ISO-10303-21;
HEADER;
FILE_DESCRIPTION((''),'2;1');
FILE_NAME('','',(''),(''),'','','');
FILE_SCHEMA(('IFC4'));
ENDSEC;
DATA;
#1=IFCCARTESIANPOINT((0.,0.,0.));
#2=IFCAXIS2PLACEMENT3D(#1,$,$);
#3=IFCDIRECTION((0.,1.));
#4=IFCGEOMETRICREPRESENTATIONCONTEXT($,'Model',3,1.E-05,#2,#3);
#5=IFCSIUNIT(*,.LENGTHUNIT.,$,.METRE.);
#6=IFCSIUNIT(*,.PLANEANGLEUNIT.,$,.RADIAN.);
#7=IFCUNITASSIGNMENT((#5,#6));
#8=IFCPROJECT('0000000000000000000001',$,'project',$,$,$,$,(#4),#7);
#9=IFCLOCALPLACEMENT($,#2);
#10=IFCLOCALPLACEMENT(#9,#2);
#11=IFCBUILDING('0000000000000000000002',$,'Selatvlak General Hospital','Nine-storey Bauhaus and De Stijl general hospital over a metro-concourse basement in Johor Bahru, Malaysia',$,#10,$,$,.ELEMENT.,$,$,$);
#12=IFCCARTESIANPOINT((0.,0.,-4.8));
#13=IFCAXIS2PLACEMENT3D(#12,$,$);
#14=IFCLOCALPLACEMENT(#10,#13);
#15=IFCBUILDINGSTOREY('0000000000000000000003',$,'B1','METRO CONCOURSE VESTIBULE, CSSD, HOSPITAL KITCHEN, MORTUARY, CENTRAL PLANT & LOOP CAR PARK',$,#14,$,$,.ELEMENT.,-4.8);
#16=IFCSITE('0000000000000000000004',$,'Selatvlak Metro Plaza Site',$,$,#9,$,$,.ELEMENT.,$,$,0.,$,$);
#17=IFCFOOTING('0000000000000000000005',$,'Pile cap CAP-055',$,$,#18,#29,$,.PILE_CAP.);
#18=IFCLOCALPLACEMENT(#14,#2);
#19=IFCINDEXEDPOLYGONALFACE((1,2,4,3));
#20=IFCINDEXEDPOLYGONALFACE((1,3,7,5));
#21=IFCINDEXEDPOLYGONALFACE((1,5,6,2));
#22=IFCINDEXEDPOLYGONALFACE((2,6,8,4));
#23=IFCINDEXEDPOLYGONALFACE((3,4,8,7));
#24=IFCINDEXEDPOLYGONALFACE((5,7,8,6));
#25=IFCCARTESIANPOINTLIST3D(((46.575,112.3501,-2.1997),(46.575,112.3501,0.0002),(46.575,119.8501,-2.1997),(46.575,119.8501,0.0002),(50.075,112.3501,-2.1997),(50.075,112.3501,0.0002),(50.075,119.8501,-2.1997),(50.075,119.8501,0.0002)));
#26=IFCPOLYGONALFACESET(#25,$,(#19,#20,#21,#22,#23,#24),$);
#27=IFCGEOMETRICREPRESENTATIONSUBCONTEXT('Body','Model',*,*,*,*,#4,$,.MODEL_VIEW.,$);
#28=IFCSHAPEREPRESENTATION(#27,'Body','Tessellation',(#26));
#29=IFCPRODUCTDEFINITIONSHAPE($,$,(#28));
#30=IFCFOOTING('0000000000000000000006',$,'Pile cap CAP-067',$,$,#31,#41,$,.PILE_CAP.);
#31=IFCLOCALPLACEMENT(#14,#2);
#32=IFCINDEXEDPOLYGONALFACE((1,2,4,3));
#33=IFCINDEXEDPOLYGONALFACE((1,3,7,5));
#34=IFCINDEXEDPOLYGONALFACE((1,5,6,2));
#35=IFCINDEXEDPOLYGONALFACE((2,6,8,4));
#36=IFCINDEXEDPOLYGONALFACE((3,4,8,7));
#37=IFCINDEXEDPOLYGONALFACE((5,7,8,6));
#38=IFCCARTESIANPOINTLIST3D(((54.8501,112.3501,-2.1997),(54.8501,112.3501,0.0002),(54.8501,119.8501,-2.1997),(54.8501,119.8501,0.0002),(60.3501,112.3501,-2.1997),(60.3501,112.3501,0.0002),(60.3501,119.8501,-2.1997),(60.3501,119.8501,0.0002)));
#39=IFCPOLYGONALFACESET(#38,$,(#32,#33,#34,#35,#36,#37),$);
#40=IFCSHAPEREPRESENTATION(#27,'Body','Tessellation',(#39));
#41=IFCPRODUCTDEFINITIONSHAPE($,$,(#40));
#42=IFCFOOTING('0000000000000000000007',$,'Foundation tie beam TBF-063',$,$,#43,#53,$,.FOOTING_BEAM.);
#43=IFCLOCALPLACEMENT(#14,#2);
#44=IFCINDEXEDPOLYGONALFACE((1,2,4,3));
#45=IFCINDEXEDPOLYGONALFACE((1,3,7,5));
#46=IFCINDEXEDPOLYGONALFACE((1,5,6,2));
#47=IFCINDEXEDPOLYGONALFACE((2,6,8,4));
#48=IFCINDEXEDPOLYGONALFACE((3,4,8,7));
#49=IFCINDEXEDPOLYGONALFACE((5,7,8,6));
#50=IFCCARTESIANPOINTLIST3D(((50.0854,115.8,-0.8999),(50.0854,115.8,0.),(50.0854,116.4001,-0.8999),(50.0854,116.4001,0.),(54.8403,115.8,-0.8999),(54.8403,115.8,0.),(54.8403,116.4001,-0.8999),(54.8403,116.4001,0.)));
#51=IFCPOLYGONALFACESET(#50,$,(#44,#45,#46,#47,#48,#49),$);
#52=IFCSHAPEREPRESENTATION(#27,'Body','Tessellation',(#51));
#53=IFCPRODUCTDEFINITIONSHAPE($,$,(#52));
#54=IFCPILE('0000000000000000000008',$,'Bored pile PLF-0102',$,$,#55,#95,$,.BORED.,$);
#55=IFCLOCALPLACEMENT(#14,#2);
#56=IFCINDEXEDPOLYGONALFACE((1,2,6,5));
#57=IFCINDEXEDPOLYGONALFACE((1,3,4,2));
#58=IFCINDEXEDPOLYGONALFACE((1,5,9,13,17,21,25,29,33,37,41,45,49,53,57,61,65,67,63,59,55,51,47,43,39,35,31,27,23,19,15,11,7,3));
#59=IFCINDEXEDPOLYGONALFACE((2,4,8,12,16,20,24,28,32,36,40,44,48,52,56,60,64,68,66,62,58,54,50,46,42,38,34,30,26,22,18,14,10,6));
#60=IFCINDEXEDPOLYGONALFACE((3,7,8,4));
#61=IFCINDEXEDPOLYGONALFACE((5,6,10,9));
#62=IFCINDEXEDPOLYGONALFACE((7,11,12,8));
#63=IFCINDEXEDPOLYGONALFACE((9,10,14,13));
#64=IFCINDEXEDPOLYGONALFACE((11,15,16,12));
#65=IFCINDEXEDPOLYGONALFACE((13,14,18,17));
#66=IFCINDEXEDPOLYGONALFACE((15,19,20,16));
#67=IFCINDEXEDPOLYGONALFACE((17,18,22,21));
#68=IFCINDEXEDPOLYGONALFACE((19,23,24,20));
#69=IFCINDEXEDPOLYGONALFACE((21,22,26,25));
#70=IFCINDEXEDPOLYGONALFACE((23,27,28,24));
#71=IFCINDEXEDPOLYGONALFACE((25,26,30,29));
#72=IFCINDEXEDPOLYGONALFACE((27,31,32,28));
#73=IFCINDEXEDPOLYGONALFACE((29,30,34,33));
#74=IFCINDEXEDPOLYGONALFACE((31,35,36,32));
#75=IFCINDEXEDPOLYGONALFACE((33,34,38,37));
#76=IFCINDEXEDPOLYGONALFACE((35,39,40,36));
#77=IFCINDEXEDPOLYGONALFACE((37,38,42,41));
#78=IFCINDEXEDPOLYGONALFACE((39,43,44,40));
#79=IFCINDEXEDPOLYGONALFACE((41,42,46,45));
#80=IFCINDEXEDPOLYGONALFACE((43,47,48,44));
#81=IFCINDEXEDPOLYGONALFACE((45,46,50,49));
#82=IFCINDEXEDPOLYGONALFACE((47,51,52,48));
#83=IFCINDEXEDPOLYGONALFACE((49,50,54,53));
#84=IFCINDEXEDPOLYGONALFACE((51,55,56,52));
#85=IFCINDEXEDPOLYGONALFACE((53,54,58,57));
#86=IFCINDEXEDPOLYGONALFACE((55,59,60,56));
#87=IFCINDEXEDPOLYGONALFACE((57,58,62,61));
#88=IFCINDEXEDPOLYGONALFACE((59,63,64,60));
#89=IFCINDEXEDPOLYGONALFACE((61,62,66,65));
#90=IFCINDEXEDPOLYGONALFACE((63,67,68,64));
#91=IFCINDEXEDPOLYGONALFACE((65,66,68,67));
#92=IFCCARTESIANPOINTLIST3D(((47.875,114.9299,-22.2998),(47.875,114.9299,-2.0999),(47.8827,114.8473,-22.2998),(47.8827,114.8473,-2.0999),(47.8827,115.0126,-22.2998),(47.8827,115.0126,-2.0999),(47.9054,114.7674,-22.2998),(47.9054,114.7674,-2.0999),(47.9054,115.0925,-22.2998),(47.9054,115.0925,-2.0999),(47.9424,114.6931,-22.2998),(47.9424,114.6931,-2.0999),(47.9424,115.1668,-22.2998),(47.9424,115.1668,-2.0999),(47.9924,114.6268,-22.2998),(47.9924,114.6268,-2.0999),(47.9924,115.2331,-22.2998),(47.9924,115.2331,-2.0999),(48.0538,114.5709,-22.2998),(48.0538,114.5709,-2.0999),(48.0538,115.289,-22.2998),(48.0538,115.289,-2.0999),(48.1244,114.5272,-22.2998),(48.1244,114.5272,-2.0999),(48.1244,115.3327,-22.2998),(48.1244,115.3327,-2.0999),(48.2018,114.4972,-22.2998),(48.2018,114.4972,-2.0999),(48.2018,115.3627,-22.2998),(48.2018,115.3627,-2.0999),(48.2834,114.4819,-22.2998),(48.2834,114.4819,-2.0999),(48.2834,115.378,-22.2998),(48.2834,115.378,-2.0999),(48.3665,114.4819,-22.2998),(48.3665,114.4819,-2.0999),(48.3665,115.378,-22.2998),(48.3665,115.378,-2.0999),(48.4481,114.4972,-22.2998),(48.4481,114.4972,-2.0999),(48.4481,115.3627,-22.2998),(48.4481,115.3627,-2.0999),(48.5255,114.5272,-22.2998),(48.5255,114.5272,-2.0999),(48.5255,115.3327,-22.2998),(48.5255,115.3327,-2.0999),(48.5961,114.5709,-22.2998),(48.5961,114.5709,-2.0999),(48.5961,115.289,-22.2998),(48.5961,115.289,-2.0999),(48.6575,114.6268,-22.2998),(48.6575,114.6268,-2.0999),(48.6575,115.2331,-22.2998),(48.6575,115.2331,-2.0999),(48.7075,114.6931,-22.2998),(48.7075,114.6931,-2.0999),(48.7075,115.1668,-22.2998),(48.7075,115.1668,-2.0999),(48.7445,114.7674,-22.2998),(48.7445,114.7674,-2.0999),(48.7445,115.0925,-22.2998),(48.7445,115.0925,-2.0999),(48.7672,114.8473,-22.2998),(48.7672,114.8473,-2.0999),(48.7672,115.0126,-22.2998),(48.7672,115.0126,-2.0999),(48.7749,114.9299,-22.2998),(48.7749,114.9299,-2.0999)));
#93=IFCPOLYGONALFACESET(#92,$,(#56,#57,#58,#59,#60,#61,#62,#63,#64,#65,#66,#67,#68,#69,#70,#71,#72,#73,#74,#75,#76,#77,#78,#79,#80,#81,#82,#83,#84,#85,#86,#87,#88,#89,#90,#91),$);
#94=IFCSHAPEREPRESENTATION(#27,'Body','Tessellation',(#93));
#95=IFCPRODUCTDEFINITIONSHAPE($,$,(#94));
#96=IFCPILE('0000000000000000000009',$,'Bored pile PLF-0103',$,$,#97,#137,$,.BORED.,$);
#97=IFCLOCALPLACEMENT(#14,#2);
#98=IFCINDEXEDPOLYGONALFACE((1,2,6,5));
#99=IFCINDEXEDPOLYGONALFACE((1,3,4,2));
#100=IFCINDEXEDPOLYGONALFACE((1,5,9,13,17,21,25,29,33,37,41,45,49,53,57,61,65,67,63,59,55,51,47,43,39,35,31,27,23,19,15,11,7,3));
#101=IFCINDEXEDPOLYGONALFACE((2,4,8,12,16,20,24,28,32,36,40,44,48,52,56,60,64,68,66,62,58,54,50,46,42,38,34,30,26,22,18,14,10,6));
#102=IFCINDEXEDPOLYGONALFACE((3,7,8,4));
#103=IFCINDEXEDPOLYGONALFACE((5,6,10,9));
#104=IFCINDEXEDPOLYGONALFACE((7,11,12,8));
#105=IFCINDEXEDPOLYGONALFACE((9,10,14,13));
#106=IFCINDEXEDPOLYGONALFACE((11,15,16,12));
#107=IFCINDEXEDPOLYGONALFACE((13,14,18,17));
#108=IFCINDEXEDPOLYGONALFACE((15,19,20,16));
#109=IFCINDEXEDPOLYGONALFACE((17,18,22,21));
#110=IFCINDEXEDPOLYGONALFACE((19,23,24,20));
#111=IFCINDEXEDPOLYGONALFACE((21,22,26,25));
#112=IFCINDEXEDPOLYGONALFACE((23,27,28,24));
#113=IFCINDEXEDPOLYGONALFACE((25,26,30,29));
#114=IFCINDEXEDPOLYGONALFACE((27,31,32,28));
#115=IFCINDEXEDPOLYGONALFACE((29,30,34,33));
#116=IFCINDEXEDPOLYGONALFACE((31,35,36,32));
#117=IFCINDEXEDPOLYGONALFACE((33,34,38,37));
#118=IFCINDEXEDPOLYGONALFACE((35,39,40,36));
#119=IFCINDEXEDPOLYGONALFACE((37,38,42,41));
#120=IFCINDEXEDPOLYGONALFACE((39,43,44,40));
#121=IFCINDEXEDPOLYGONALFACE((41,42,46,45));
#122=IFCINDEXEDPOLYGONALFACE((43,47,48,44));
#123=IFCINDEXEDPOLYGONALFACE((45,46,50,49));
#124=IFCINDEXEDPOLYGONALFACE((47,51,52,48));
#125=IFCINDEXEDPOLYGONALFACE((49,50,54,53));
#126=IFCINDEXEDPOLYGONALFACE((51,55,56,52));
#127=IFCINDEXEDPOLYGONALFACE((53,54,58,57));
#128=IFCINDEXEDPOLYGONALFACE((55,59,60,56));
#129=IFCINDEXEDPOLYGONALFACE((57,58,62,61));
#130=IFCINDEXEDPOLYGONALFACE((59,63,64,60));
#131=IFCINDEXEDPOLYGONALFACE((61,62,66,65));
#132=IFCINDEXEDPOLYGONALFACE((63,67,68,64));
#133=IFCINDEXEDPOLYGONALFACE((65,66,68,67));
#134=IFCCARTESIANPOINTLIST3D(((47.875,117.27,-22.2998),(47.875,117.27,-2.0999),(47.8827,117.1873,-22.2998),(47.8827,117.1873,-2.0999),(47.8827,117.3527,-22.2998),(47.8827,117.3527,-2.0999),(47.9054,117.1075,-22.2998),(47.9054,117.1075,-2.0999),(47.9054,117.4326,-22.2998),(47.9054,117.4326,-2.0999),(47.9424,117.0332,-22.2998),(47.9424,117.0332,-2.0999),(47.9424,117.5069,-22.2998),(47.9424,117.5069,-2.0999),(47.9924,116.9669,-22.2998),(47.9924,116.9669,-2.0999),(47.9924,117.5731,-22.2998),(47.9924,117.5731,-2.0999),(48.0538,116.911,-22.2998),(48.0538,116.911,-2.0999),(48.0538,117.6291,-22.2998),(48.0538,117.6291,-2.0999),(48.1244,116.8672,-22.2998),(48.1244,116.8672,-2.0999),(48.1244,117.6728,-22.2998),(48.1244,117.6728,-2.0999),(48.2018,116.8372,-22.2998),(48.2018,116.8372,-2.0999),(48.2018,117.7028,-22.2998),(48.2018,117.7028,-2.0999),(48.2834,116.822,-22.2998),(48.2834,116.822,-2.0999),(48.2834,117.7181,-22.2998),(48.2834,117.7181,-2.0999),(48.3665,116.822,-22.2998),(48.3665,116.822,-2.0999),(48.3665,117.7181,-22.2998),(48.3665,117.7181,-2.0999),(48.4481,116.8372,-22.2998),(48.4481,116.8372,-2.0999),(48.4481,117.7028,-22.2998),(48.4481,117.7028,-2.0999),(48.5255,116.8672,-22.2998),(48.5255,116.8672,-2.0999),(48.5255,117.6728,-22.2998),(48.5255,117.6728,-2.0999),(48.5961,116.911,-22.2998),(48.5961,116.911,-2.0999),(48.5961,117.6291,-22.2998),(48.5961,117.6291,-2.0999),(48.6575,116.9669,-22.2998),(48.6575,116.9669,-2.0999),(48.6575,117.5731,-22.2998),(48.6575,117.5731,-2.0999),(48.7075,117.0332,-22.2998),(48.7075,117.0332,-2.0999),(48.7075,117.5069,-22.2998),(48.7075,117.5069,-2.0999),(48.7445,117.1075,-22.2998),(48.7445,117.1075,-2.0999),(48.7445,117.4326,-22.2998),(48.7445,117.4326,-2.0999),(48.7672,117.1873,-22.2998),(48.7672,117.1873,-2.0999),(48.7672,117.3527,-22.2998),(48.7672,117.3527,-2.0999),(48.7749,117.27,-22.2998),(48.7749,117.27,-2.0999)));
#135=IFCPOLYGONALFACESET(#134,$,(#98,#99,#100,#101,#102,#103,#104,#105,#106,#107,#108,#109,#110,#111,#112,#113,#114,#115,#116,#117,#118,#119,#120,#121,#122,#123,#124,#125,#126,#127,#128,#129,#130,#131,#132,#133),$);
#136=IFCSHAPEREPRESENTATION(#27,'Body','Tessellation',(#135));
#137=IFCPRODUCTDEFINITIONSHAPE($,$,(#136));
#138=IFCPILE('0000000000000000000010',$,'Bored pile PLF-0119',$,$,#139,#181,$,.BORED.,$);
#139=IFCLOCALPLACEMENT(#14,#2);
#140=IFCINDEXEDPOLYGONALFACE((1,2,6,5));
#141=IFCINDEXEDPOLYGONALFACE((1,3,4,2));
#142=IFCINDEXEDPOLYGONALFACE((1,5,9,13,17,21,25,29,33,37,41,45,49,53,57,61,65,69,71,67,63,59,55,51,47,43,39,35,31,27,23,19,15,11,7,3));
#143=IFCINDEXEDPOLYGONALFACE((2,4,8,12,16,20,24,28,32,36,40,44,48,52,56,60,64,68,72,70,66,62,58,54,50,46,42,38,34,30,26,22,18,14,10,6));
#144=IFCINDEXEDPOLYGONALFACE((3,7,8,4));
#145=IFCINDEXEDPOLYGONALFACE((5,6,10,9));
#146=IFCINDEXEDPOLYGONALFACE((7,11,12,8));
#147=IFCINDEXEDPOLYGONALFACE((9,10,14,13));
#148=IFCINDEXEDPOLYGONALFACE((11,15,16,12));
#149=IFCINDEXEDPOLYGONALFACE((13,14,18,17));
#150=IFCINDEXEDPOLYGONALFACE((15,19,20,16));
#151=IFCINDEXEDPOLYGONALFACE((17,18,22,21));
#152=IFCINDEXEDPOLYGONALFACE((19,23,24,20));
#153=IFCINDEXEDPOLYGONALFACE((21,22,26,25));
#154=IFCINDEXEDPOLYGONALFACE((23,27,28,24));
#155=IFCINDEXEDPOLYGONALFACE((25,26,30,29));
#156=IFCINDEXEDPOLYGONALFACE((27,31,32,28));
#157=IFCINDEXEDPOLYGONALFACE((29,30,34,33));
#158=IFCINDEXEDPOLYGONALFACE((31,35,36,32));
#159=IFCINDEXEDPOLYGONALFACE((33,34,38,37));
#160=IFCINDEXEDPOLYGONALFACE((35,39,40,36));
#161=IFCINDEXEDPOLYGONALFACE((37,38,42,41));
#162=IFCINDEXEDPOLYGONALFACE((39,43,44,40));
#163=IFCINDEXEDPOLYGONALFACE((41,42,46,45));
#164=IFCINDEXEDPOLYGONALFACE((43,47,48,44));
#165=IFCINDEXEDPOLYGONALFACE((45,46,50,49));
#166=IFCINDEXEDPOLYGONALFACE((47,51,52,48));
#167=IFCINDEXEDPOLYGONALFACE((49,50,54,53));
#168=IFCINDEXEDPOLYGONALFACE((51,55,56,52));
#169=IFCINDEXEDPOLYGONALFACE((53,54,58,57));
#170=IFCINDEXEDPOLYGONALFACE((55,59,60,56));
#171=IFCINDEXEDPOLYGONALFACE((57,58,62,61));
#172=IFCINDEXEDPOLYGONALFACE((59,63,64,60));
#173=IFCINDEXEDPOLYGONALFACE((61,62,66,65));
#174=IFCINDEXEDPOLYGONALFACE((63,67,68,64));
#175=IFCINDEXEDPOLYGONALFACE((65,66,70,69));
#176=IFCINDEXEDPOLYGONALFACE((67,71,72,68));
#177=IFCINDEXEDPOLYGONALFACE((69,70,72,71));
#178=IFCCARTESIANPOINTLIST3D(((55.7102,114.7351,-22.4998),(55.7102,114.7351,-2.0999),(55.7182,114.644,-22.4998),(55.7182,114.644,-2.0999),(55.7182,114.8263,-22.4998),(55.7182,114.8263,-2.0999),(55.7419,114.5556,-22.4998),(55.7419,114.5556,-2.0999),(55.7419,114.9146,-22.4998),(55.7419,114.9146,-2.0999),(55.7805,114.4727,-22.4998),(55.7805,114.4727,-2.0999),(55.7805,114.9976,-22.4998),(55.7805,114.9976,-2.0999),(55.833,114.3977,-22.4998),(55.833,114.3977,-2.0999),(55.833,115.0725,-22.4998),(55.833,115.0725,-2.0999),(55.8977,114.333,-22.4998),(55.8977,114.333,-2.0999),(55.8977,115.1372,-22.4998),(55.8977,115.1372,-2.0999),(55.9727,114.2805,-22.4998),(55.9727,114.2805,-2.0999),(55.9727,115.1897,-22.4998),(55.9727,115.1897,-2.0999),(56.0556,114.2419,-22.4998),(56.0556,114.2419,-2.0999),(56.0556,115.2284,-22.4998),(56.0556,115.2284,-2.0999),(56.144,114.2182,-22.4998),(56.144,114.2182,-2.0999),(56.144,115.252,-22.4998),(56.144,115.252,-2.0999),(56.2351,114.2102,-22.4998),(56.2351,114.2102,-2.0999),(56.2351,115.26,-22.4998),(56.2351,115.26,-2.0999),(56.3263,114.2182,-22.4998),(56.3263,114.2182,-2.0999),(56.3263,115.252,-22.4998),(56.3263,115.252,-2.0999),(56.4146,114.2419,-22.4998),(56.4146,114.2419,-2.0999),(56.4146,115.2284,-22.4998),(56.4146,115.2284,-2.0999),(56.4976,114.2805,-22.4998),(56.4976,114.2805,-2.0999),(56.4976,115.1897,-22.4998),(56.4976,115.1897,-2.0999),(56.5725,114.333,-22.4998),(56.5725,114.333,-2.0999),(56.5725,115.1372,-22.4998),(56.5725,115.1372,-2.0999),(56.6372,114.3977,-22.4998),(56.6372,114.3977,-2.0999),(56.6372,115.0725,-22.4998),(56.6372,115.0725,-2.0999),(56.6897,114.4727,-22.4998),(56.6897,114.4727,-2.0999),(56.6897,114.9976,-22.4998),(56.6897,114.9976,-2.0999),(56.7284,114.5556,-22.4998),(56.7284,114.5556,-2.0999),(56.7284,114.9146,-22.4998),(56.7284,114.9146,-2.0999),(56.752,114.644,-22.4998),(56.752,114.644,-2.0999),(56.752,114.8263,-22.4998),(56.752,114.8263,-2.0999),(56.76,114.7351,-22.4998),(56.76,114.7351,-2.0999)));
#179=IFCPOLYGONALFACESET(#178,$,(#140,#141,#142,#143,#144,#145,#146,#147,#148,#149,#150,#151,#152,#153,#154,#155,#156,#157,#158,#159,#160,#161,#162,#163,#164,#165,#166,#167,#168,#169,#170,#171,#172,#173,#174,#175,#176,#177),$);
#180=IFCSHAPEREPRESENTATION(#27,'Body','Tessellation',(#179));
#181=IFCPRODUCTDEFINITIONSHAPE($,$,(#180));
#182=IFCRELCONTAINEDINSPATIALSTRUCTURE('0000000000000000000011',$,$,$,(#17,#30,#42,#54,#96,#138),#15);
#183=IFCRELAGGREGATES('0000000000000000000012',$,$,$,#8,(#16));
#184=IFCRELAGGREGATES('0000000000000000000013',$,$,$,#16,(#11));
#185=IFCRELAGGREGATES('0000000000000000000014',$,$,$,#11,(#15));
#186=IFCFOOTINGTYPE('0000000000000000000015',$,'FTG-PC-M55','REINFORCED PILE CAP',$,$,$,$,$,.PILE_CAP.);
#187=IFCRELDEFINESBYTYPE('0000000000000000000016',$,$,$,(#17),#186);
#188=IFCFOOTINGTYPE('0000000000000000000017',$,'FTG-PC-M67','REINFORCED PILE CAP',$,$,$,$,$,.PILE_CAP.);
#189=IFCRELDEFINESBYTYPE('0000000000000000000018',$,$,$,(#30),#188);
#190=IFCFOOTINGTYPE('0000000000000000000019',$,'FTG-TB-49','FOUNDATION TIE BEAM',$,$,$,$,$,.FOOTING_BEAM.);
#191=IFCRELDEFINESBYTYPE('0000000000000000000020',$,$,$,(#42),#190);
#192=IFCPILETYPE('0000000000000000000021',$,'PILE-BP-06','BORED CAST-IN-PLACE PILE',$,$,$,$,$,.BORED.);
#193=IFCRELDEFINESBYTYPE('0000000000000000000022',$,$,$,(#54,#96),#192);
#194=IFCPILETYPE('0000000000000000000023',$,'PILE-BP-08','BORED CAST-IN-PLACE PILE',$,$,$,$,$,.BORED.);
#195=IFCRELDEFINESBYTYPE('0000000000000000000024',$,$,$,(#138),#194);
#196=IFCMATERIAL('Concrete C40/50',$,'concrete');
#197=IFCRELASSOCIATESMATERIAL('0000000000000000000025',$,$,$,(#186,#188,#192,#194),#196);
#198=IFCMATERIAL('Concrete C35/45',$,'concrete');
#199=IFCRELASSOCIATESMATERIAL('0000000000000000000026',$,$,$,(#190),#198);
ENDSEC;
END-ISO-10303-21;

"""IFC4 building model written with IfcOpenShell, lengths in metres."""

from ifc_helpers import new_model, si_unit, direction, frame, origin, origin_2d, place, context, subcontext, project, spatial, rectangle, circle, extrude, material, material_profile, profile_set, type_object, element, save


model = new_model("IFC4")

# Units and contexts
model_context = context("Model", 3, precision=1e-05, world=origin(), true_north=direction((0.0, 1.0)))
body_context = subcontext(model_context, "Body", "Model", "MODEL_VIEW")
ifc_project = project(units=[si_unit("LENGTHUNIT", "METRE"), si_unit("PLANEANGLEUNIT", "RADIAN")], contexts=[model_context])

# Site, building, storey
site_placement = place(None, origin())
site = spatial("IfcSite", under=ifc_project, at=site_placement, Name="Selatvlak Metro Plaza Site", CompositionType="ELEMENT", RefElevation=0.0)
building_placement = place(site_placement, origin())
building = spatial("IfcBuilding", under=site, at=building_placement, Name="Selatvlak General Hospital", Description="Nine-storey Bauhaus and De Stijl general hospital over a metro-concourse basement in Johor Bahru, Malaysia", CompositionType="ELEMENT")
storey_placement = place(building_placement, frame((0.0, 0.0, -4.8)))
storey = spatial("IfcBuildingStorey", under=building, at=storey_placement, Name="B1", Description="METRO CONCOURSE VESTIBULE, CSSD, HOSPITAL KITCHEN, MORTUARY, CENTRAL PLANT & LOOP CAR PARK", CompositionType="ELEMENT", Elevation=-4.8)

# Footings
ifc_material_1 = material(Name="Concrete C40/50", Category="concrete")
footing_type_1 = type_object("IfcFootingType", Name="FTG-PC-M55", Description="REINFORCED PILE CAP", PredefinedType="PILE_CAP", material=ifc_material_1)
footing_1_placement = place(storey_placement, frame((48.325, 116.1001, -2.1997), z_axis=(0.0, 0.0, 1.0), x_axis=(1.0, 0.0, 0.0)))
element("IfcFooting", 1, at=footing_1_placement, inside=storey, type_object=footing_type_1, Name="Pile cap CAP-055", PredefinedType="PILE_CAP", context=body_context, shape_type="SweptSolid", body=[
    extrude(rectangle(XDim=3.5, YDim=7.5, at=origin_2d()), origin(), (0.0, 0.0, 1.0), 2.2),
])
footing_type_2 = type_object("IfcFootingType", Name="FTG-PC-M67", Description="REINFORCED PILE CAP", PredefinedType="PILE_CAP", material=ifc_material_1)
footing_2_placement = place(storey_placement, frame((57.6001, 116.1001, -2.1997), z_axis=(0.0, 0.0, 1.0), x_axis=(1.0, 0.0, 0.0)))
element("IfcFooting", 2, at=footing_2_placement, inside=storey, type_object=footing_type_2, Name="Pile cap CAP-067", PredefinedType="PILE_CAP", context=body_context, shape_type="SweptSolid", body=[
    extrude(rectangle(XDim=5.5, YDim=7.5, at=origin_2d()), origin(), (0.0, 0.0, 1.0), 2.2),
])
ifc_material_2 = material(Name="Concrete C35/45", Category="concrete")
footing_type_3 = type_object("IfcFootingType", Name="FTG-TB-49", Description="FOUNDATION TIE BEAM", PredefinedType="FOOTING_BEAM", material=ifc_material_2)
footing_3_placement = place(storey_placement, frame((52.4629, 116.1001, -0.8999), z_axis=(0.0, 0.0, 1.0), x_axis=(1.0, 0.0, 0.0)))
element("IfcFooting", 3, at=footing_3_placement, inside=storey, type_object=footing_type_3, Name="Foundation tie beam TBF-063", PredefinedType="FOOTING_BEAM", context=body_context, shape_type="SweptSolid", body=[
    extrude(rectangle(XDim=4.7549, YDim=0.6001, at=origin_2d()), origin(), (0.0, 0.0, 1.0), 0.8999),
])

# Piles
ifc_material_profile_1 = material_profile(ifc_material_1, circle(Radius=0.45, at=origin_2d()), Name="BORED PILE 900")
ifc_profile_set_1 = profile_set([ifc_material_profile_1], Name="Concrete C40/50")
pile_type_1 = type_object("IfcPileType", Name="PILE-BP-06", Description="BORED CAST-IN-PLACE PILE", PredefinedType="BORED", material=ifc_profile_set_1)
for number, where, z_axis, x_axis, name in (
    (4, (48.325, 114.9299, -2.0999), (0.0, 0.0, -1.0), (1.0, 0.0, 0.0), "Bored pile PLF-0102"),
    (5, (48.325, 117.27, -2.0999), (0.0, 0.0, -1.0), (1.0, 0.0, 0.0), "Bored pile PLF-0103"),
):
    element("IfcPile", number, at=place(storey_placement, frame(where, z_axis=z_axis, x_axis=x_axis)), inside=storey, type_object=pile_type_1, Name=name, PredefinedType="BORED", context=body_context, shape_type="SweptSolid", body=[
        extrude(circle(Radius=0.45, at=origin_2d()), origin(), (0.0, 0.0, 1.0), 20.2),
    ])
ifc_material_profile_2 = material_profile(ifc_material_1, circle(Radius=0.5249, at=origin_2d()), Name="BORED PILE 1050")
ifc_profile_set_2 = profile_set([ifc_material_profile_2], Name="Concrete C40/50")
pile_type_2 = type_object("IfcPileType", Name="PILE-BP-08", Description="BORED CAST-IN-PLACE PILE", PredefinedType="BORED", material=ifc_profile_set_2)
for number, where, z_axis, x_axis, name in (
    (6, (56.2351, 114.7351, -2.0999), (0.0, 0.0, -1.0), (1.0, 0.0, 0.0), "Bored pile PLF-0119"),
):
    element("IfcPile", number, at=place(storey_placement, frame(where, z_axis=z_axis, x_axis=x_axis)), inside=storey, type_object=pile_type_2, Name=name, PredefinedType="BORED", context=body_context, shape_type="SweptSolid", body=[
        extrude(circle(Radius=0.5249, at=origin_2d()), origin(), (0.0, 0.0, 1.0), 20.3999),
    ])

save(model, "model.ifc")
